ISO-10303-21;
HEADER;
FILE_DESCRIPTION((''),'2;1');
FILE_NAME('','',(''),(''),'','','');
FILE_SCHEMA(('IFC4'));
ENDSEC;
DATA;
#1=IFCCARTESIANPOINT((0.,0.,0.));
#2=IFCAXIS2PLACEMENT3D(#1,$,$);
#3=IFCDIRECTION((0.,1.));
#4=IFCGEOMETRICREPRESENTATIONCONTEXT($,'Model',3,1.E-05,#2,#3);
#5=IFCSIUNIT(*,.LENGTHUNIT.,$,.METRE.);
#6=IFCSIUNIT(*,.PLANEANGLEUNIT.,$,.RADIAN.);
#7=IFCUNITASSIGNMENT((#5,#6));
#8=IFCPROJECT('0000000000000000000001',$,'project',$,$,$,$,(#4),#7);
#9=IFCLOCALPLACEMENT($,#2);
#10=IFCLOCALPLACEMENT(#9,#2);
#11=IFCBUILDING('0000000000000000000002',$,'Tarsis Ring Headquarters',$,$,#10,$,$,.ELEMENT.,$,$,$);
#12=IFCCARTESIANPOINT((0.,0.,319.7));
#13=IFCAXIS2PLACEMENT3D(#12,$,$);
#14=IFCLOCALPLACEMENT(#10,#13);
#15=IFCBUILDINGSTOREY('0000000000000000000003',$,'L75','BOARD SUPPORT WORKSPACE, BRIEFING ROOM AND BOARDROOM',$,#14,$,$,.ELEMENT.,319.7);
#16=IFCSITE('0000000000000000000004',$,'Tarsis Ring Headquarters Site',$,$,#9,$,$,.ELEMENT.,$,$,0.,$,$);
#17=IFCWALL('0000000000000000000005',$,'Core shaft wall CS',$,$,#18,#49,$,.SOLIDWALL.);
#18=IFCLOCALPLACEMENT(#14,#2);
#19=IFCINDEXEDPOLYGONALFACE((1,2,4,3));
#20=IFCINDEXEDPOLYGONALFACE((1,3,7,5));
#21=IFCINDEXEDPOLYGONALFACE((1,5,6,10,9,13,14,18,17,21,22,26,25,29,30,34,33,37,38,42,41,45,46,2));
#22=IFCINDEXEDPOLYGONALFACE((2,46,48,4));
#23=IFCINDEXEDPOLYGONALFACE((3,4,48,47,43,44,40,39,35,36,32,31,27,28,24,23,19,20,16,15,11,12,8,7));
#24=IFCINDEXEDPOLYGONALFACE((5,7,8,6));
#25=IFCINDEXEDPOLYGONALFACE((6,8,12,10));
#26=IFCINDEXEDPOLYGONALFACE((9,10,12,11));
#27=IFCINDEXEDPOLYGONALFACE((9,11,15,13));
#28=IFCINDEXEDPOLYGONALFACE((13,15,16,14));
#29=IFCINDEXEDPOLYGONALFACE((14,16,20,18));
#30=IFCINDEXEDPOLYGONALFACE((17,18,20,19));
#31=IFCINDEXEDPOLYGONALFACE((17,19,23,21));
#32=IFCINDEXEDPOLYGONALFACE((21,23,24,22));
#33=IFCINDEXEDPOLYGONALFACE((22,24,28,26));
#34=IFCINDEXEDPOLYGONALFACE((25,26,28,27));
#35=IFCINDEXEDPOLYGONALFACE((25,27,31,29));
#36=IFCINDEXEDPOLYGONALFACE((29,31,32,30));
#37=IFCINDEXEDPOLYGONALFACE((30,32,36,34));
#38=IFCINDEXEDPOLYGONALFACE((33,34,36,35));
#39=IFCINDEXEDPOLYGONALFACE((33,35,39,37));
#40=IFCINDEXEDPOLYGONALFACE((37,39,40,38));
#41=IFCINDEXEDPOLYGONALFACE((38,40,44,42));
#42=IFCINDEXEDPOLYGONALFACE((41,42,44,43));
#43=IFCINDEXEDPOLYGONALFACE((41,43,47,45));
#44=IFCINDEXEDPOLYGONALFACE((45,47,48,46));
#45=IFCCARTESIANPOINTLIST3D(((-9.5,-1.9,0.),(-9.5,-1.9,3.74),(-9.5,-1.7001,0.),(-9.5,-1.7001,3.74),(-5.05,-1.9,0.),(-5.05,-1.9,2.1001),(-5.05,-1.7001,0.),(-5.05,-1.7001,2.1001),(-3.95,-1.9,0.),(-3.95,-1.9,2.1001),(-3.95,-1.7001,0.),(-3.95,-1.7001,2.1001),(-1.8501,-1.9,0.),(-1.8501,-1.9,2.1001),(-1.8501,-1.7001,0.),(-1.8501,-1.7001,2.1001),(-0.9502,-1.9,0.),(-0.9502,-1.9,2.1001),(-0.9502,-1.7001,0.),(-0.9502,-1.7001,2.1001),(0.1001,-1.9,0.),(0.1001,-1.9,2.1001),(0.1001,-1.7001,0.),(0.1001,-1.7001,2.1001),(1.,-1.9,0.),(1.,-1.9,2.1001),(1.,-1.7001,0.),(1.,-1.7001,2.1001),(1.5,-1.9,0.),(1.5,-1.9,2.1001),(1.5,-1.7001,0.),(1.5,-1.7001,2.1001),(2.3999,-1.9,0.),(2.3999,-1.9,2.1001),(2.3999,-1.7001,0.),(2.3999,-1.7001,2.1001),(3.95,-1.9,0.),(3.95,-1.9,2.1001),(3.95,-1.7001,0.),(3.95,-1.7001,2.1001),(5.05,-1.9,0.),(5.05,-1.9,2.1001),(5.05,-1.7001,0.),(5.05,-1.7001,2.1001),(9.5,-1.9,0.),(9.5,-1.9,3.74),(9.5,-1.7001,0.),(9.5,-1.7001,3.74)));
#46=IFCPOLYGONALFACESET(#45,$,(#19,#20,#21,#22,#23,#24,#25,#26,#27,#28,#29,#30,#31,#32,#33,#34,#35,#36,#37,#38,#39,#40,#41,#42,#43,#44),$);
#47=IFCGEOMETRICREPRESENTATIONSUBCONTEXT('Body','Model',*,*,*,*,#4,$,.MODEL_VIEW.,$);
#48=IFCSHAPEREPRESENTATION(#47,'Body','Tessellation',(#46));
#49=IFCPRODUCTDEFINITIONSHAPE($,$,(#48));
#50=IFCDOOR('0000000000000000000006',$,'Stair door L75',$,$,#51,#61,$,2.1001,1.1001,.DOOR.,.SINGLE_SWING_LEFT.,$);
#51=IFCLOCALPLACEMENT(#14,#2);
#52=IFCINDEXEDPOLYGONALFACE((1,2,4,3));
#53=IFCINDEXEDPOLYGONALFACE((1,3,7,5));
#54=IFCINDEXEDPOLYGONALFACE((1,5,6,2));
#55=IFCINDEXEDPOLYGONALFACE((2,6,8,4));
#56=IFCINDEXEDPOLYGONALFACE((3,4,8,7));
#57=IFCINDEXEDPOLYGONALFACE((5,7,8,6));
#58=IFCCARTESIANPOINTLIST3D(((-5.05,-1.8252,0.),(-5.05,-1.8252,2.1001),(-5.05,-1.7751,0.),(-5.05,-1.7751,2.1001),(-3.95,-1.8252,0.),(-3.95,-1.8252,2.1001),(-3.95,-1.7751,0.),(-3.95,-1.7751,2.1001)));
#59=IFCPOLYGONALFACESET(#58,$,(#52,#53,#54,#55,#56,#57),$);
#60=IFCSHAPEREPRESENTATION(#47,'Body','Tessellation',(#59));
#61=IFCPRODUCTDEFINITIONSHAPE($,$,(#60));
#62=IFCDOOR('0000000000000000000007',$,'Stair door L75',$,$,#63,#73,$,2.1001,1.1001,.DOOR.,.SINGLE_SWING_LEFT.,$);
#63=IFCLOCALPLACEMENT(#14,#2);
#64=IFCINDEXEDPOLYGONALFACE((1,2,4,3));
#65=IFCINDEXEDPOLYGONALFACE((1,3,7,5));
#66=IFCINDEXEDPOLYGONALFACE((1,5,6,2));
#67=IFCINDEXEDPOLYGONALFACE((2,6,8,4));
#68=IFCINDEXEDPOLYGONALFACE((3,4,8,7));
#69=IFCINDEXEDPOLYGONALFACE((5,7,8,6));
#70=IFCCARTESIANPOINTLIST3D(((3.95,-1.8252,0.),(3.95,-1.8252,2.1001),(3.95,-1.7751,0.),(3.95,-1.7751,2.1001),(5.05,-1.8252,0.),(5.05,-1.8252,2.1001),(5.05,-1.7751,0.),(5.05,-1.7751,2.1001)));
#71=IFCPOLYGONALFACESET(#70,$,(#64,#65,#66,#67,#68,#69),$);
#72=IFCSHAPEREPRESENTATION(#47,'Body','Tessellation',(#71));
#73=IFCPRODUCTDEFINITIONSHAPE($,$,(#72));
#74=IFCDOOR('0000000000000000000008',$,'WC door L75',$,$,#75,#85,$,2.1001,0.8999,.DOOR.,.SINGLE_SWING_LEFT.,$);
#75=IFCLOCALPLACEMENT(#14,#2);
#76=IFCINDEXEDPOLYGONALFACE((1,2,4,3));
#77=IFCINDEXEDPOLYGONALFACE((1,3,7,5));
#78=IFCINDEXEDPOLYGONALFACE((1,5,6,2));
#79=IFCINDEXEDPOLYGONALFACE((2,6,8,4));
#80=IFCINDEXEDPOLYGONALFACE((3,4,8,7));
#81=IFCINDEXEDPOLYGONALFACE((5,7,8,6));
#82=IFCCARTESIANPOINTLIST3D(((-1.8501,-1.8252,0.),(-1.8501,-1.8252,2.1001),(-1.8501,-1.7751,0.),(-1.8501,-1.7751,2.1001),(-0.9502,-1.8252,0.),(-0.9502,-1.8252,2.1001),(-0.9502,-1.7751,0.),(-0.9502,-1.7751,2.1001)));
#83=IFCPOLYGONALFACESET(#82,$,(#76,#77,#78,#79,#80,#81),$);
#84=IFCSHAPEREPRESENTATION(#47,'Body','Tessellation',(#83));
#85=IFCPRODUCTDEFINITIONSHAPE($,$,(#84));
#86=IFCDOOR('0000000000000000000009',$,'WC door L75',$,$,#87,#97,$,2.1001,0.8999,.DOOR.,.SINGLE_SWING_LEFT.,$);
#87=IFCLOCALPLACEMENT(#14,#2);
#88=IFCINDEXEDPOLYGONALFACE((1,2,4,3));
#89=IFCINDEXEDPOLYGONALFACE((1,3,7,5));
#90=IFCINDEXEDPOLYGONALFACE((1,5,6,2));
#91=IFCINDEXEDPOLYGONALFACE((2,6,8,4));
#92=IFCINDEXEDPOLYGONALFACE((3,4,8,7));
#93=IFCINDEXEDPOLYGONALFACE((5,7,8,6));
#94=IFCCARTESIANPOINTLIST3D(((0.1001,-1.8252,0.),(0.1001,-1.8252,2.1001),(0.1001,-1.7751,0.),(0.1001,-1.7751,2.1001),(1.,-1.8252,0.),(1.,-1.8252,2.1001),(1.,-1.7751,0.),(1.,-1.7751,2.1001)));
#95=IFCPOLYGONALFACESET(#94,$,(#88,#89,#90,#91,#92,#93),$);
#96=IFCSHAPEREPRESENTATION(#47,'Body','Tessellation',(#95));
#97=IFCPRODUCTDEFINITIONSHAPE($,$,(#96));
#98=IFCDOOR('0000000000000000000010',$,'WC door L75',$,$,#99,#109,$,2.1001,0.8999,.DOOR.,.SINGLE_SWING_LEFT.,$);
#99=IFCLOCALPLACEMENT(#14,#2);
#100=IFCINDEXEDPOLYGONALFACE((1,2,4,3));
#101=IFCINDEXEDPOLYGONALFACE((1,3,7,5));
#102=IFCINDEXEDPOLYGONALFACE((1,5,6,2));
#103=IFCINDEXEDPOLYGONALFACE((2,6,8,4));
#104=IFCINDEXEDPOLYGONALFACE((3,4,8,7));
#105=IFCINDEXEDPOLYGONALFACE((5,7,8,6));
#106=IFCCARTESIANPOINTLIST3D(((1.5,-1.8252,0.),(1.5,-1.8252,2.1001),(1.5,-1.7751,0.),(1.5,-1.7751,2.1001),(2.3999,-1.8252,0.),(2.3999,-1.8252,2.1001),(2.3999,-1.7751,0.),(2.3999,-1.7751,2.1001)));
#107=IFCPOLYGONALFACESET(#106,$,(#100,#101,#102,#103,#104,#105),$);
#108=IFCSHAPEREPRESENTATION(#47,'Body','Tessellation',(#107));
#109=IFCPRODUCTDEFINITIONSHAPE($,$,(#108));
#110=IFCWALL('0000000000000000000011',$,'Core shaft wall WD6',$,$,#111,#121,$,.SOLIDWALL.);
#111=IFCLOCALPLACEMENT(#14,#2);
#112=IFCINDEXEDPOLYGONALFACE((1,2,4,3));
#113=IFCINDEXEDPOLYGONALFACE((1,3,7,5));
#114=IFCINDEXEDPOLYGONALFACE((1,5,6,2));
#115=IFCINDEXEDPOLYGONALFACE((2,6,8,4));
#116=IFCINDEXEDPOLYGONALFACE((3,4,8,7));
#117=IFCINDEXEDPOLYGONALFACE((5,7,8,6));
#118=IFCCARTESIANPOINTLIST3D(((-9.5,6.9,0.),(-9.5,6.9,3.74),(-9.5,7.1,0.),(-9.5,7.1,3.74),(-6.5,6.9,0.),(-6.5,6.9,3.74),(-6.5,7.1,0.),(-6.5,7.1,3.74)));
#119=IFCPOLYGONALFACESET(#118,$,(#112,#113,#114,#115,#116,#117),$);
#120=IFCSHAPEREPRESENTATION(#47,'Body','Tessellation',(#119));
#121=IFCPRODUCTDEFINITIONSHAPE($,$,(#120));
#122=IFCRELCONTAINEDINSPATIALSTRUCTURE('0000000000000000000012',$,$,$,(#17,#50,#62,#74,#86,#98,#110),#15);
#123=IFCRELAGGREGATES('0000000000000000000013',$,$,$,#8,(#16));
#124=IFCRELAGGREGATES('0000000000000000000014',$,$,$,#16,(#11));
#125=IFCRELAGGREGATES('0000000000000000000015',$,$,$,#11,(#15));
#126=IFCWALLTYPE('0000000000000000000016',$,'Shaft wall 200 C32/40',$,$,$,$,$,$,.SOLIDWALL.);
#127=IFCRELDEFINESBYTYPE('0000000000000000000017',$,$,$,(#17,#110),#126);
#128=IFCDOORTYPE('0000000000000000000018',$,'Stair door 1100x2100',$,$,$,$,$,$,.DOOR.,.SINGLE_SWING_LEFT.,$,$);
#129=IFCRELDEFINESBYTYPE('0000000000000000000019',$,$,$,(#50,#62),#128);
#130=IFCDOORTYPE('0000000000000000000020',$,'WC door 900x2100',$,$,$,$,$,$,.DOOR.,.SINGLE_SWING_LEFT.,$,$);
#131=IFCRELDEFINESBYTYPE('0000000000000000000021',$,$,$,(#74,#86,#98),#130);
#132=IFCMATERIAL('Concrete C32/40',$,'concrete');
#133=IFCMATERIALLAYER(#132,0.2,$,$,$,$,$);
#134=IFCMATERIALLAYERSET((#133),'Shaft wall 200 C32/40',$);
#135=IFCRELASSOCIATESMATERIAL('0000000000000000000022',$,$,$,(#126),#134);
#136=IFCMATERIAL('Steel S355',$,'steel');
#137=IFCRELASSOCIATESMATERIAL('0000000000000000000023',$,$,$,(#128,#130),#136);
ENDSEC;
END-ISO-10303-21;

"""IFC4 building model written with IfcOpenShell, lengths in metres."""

from ifc_helpers import new_model, si_unit, direction, frame, frame_2d, origin, place, context, subcontext, project, spatial, rectangle, extrude, material, layer, layer_set, type_object, element, fill, save


model = new_model("IFC4")

# Units and contexts
model_context = context("Model", 3, precision=1e-05, world=origin(), true_north=direction((0.0, 1.0)))
body_context = subcontext(model_context, "Body", "Model", "MODEL_VIEW")
ifc_project = project(units=[si_unit("LENGTHUNIT", "METRE"), si_unit("PLANEANGLEUNIT", "RADIAN")], contexts=[model_context])

# Site, building, storey
site_placement = place(None, origin())
site = spatial("IfcSite", under=ifc_project, at=site_placement, Name="Tarsis Ring Headquarters Site", CompositionType="ELEMENT", RefElevation=0.0)
building_placement = place(site_placement, origin())
building = spatial("IfcBuilding", under=site, at=building_placement, Name="Tarsis Ring Headquarters", CompositionType="ELEMENT")
storey_placement = place(building_placement, frame((0.0, 0.0, 319.7)))
storey = spatial("IfcBuildingStorey", under=building, at=storey_placement, Name="L75", Description="BOARD SUPPORT WORKSPACE, BRIEFING ROOM AND BOARDROOM", CompositionType="ELEMENT", Elevation=319.7)

# Wall, openings, doors
ifc_material_1 = material(Name="Concrete C32/40", Category="concrete")
ifc_layer_1 = layer(ifc_material_1, 0.2)
ifc_layer_set_1 = layer_set([ifc_layer_1], Name="Shaft wall 200 C32/40")
wall_type_1 = type_object("IfcWallType", Name="Shaft wall 200 C32/40", PredefinedType="SOLIDWALL", material=ifc_layer_set_1)
ifc_material_2 = material(Name="Steel S355", Category="steel")
door_type_1 = type_object("IfcDoorType", Name="Stair door 1100x2100", OperationType="SINGLE_SWING_LEFT", PredefinedType="DOOR", material=ifc_material_2)
wall_1_placement = place(storey_placement, frame((-9.5, -1.8, 0.0), z_axis=(0.0, 0.0, 1.0), x_axis=(1.0, 0.0, 0.0)))
wall_1 = element("IfcWall", 1, at=wall_1_placement, inside=storey, type_object=wall_type_1, Name="Core shaft wall CS", PredefinedType="SOLIDWALL", context=body_context, shape_type="SweptSolid", body=[
    extrude(rectangle(XDim=19.0, YDim=0.2, at=frame_2d((9.5, 0.0))), origin(), (0.0, 0.0, 1.0), 3.74),
])
opening_1_placement = place(wall_1_placement, frame((4.45, 0.0, 0.0)))
opening_1 = element("IfcOpeningElement", 2, at=opening_1_placement, cuts=wall_1, PredefinedType="OPENING", context=body_context, shape_type="SweptSolid", body=[
    extrude(rectangle(XDim=1.1001, YDim=2.1001, at=frame_2d((0.55, 1.05))), frame((0.0, 0.1099, 0.0), z_axis=(0.0, -1.0, 0.0), x_axis=(1.0, 0.0, 0.0)), (0.0, 0.0, 1.0), 0.22),
])
opening_2_placement = place(wall_1_placement, frame((7.6499, 0.0, 0.0)))
opening_2 = element("IfcOpeningElement", 3, at=opening_2_placement, cuts=wall_1, PredefinedType="OPENING", context=body_context, shape_type="SweptSolid", body=[
    extrude(rectangle(XDim=0.8999, YDim=2.1001, at=frame_2d((0.45, 1.05))), frame((0.0, 0.1099, 0.0), z_axis=(0.0, -1.0, 0.0), x_axis=(1.0, 0.0, 0.0)), (0.0, 0.0, 1.0), 0.22),
])
opening_3_placement = place(wall_1_placement, frame((9.6001, 0.0, 0.0)))
opening_3 = element("IfcOpeningElement", 4, at=opening_3_placement, cuts=wall_1, PredefinedType="OPENING", context=body_context, shape_type="SweptSolid", body=[
    extrude(rectangle(XDim=0.8999, YDim=2.1001, at=frame_2d((0.45, 1.05))), frame((0.0, 0.1099, 0.0), z_axis=(0.0, -1.0, 0.0), x_axis=(1.0, 0.0, 0.0)), (0.0, 0.0, 1.0), 0.22),
])
opening_4_placement = place(wall_1_placement, frame((11.0, 0.0, 0.0)))
opening_4 = element("IfcOpeningElement", 5, at=opening_4_placement, cuts=wall_1, PredefinedType="OPENING", context=body_context, shape_type="SweptSolid", body=[
    extrude(rectangle(XDim=0.8999, YDim=2.1001, at=frame_2d((0.45, 1.05))), frame((0.0, 0.1099, 0.0), z_axis=(0.0, -1.0, 0.0), x_axis=(1.0, 0.0, 0.0)), (0.0, 0.0, 1.0), 0.22),
])
opening_5_placement = place(wall_1_placement, frame((13.45, 0.0, 0.0)))
opening_5 = element("IfcOpeningElement", 6, at=opening_5_placement, cuts=wall_1, PredefinedType="OPENING", context=body_context, shape_type="SweptSolid", body=[
    extrude(rectangle(XDim=1.1001, YDim=2.1001, at=frame_2d((0.55, 1.05))), frame((0.0, 0.1099, 0.0), z_axis=(0.0, -1.0, 0.0), x_axis=(1.0, 0.0, 0.0)), (0.0, 0.0, 1.0), 0.22),
])
door_1_placement = place(opening_1_placement, origin())
door_1 = element("IfcDoor", 7, at=door_1_placement, inside=storey, type_object=door_type_1, Name="Stair door L75", OperationType="SINGLE_SWING_LEFT", OverallHeight=2.1001, OverallWidth=1.1001, PredefinedType="DOOR", context=body_context, shape_type="SweptSolid", body=[
    extrude(rectangle(XDim=1.1001, YDim=2.1001, at=frame_2d((0.55, 1.05))), frame((0.0, 0.0249, 0.0), z_axis=(0.0, -1.0, 0.0), x_axis=(1.0, 0.0, 0.0)), (0.0, 0.0, 1.0), 0.05),
])
fill(opening_1, door_1)
door_2_placement = place(opening_5_placement, origin())
door_2 = element("IfcDoor", 8, at=door_2_placement, inside=storey, type_object=door_type_1, Name="Stair door L75", OperationType="SINGLE_SWING_LEFT", OverallHeight=2.1001, OverallWidth=1.1001, PredefinedType="DOOR", context=body_context, shape_type="SweptSolid", body=[
    extrude(rectangle(XDim=1.1001, YDim=2.1001, at=frame_2d((0.55, 1.05))), frame((0.0, 0.0249, 0.0), z_axis=(0.0, -1.0, 0.0), x_axis=(1.0, 0.0, 0.0)), (0.0, 0.0, 1.0), 0.05),
])
fill(opening_5, door_2)
door_type_2 = type_object("IfcDoorType", Name="WC door 900x2100", OperationType="SINGLE_SWING_LEFT", PredefinedType="DOOR", material=ifc_material_2)
door_3_placement = place(opening_2_placement, origin())
door_3 = element("IfcDoor", 9, at=door_3_placement, inside=storey, type_object=door_type_2, Name="WC door L75", OperationType="SINGLE_SWING_LEFT", OverallHeight=2.1001, OverallWidth=0.8999, PredefinedType="DOOR", context=body_context, shape_type="SweptSolid", body=[
    extrude(rectangle(XDim=0.8999, YDim=2.1001, at=frame_2d((0.45, 1.05))), frame((0.0, 0.0249, 0.0), z_axis=(0.0, -1.0, 0.0), x_axis=(1.0, 0.0, 0.0)), (0.0, 0.0, 1.0), 0.05),
])
fill(opening_2, door_3)
door_4_placement = place(opening_3_placement, origin())
door_4 = element("IfcDoor", 10, at=door_4_placement, inside=storey, type_object=door_type_2, Name="WC door L75", OperationType="SINGLE_SWING_LEFT", OverallHeight=2.1001, OverallWidth=0.8999, PredefinedType="DOOR", context=body_context, shape_type="SweptSolid", body=[
    extrude(rectangle(XDim=0.8999, YDim=2.1001, at=frame_2d((0.45, 1.05))), frame((0.0, 0.0249, 0.0), z_axis=(0.0, -1.0, 0.0), x_axis=(1.0, 0.0, 0.0)), (0.0, 0.0, 1.0), 0.05),
])
fill(opening_3, door_4)
door_5_placement = place(opening_4_placement, origin())
door_5 = element("IfcDoor", 11, at=door_5_placement, inside=storey, type_object=door_type_2, Name="WC door L75", OperationType="SINGLE_SWING_LEFT", OverallHeight=2.1001, OverallWidth=0.8999, PredefinedType="DOOR", context=body_context, shape_type="SweptSolid", body=[
    extrude(rectangle(XDim=0.8999, YDim=2.1001, at=frame_2d((0.45, 1.05))), frame((0.0, 0.0249, 0.0), z_axis=(0.0, -1.0, 0.0), x_axis=(1.0, 0.0, 0.0)), (0.0, 0.0, 1.0), 0.05),
])
fill(opening_4, door_5)

# Wall
wall_2_placement = place(storey_placement, frame((-9.5, 7.0, 0.0), z_axis=(0.0, 0.0, 1.0), x_axis=(1.0, 0.0, 0.0)))
element("IfcWall", 12, at=wall_2_placement, inside=storey, type_object=wall_type_1, Name="Core shaft wall WD6", PredefinedType="SOLIDWALL", context=body_context, shape_type="SweptSolid", body=[
    extrude(rectangle(XDim=3.0, YDim=0.2, at=frame_2d((1.5, 0.0))), origin(), (0.0, 0.0, 1.0), 3.74),
])

save(model, "model.ifc")
